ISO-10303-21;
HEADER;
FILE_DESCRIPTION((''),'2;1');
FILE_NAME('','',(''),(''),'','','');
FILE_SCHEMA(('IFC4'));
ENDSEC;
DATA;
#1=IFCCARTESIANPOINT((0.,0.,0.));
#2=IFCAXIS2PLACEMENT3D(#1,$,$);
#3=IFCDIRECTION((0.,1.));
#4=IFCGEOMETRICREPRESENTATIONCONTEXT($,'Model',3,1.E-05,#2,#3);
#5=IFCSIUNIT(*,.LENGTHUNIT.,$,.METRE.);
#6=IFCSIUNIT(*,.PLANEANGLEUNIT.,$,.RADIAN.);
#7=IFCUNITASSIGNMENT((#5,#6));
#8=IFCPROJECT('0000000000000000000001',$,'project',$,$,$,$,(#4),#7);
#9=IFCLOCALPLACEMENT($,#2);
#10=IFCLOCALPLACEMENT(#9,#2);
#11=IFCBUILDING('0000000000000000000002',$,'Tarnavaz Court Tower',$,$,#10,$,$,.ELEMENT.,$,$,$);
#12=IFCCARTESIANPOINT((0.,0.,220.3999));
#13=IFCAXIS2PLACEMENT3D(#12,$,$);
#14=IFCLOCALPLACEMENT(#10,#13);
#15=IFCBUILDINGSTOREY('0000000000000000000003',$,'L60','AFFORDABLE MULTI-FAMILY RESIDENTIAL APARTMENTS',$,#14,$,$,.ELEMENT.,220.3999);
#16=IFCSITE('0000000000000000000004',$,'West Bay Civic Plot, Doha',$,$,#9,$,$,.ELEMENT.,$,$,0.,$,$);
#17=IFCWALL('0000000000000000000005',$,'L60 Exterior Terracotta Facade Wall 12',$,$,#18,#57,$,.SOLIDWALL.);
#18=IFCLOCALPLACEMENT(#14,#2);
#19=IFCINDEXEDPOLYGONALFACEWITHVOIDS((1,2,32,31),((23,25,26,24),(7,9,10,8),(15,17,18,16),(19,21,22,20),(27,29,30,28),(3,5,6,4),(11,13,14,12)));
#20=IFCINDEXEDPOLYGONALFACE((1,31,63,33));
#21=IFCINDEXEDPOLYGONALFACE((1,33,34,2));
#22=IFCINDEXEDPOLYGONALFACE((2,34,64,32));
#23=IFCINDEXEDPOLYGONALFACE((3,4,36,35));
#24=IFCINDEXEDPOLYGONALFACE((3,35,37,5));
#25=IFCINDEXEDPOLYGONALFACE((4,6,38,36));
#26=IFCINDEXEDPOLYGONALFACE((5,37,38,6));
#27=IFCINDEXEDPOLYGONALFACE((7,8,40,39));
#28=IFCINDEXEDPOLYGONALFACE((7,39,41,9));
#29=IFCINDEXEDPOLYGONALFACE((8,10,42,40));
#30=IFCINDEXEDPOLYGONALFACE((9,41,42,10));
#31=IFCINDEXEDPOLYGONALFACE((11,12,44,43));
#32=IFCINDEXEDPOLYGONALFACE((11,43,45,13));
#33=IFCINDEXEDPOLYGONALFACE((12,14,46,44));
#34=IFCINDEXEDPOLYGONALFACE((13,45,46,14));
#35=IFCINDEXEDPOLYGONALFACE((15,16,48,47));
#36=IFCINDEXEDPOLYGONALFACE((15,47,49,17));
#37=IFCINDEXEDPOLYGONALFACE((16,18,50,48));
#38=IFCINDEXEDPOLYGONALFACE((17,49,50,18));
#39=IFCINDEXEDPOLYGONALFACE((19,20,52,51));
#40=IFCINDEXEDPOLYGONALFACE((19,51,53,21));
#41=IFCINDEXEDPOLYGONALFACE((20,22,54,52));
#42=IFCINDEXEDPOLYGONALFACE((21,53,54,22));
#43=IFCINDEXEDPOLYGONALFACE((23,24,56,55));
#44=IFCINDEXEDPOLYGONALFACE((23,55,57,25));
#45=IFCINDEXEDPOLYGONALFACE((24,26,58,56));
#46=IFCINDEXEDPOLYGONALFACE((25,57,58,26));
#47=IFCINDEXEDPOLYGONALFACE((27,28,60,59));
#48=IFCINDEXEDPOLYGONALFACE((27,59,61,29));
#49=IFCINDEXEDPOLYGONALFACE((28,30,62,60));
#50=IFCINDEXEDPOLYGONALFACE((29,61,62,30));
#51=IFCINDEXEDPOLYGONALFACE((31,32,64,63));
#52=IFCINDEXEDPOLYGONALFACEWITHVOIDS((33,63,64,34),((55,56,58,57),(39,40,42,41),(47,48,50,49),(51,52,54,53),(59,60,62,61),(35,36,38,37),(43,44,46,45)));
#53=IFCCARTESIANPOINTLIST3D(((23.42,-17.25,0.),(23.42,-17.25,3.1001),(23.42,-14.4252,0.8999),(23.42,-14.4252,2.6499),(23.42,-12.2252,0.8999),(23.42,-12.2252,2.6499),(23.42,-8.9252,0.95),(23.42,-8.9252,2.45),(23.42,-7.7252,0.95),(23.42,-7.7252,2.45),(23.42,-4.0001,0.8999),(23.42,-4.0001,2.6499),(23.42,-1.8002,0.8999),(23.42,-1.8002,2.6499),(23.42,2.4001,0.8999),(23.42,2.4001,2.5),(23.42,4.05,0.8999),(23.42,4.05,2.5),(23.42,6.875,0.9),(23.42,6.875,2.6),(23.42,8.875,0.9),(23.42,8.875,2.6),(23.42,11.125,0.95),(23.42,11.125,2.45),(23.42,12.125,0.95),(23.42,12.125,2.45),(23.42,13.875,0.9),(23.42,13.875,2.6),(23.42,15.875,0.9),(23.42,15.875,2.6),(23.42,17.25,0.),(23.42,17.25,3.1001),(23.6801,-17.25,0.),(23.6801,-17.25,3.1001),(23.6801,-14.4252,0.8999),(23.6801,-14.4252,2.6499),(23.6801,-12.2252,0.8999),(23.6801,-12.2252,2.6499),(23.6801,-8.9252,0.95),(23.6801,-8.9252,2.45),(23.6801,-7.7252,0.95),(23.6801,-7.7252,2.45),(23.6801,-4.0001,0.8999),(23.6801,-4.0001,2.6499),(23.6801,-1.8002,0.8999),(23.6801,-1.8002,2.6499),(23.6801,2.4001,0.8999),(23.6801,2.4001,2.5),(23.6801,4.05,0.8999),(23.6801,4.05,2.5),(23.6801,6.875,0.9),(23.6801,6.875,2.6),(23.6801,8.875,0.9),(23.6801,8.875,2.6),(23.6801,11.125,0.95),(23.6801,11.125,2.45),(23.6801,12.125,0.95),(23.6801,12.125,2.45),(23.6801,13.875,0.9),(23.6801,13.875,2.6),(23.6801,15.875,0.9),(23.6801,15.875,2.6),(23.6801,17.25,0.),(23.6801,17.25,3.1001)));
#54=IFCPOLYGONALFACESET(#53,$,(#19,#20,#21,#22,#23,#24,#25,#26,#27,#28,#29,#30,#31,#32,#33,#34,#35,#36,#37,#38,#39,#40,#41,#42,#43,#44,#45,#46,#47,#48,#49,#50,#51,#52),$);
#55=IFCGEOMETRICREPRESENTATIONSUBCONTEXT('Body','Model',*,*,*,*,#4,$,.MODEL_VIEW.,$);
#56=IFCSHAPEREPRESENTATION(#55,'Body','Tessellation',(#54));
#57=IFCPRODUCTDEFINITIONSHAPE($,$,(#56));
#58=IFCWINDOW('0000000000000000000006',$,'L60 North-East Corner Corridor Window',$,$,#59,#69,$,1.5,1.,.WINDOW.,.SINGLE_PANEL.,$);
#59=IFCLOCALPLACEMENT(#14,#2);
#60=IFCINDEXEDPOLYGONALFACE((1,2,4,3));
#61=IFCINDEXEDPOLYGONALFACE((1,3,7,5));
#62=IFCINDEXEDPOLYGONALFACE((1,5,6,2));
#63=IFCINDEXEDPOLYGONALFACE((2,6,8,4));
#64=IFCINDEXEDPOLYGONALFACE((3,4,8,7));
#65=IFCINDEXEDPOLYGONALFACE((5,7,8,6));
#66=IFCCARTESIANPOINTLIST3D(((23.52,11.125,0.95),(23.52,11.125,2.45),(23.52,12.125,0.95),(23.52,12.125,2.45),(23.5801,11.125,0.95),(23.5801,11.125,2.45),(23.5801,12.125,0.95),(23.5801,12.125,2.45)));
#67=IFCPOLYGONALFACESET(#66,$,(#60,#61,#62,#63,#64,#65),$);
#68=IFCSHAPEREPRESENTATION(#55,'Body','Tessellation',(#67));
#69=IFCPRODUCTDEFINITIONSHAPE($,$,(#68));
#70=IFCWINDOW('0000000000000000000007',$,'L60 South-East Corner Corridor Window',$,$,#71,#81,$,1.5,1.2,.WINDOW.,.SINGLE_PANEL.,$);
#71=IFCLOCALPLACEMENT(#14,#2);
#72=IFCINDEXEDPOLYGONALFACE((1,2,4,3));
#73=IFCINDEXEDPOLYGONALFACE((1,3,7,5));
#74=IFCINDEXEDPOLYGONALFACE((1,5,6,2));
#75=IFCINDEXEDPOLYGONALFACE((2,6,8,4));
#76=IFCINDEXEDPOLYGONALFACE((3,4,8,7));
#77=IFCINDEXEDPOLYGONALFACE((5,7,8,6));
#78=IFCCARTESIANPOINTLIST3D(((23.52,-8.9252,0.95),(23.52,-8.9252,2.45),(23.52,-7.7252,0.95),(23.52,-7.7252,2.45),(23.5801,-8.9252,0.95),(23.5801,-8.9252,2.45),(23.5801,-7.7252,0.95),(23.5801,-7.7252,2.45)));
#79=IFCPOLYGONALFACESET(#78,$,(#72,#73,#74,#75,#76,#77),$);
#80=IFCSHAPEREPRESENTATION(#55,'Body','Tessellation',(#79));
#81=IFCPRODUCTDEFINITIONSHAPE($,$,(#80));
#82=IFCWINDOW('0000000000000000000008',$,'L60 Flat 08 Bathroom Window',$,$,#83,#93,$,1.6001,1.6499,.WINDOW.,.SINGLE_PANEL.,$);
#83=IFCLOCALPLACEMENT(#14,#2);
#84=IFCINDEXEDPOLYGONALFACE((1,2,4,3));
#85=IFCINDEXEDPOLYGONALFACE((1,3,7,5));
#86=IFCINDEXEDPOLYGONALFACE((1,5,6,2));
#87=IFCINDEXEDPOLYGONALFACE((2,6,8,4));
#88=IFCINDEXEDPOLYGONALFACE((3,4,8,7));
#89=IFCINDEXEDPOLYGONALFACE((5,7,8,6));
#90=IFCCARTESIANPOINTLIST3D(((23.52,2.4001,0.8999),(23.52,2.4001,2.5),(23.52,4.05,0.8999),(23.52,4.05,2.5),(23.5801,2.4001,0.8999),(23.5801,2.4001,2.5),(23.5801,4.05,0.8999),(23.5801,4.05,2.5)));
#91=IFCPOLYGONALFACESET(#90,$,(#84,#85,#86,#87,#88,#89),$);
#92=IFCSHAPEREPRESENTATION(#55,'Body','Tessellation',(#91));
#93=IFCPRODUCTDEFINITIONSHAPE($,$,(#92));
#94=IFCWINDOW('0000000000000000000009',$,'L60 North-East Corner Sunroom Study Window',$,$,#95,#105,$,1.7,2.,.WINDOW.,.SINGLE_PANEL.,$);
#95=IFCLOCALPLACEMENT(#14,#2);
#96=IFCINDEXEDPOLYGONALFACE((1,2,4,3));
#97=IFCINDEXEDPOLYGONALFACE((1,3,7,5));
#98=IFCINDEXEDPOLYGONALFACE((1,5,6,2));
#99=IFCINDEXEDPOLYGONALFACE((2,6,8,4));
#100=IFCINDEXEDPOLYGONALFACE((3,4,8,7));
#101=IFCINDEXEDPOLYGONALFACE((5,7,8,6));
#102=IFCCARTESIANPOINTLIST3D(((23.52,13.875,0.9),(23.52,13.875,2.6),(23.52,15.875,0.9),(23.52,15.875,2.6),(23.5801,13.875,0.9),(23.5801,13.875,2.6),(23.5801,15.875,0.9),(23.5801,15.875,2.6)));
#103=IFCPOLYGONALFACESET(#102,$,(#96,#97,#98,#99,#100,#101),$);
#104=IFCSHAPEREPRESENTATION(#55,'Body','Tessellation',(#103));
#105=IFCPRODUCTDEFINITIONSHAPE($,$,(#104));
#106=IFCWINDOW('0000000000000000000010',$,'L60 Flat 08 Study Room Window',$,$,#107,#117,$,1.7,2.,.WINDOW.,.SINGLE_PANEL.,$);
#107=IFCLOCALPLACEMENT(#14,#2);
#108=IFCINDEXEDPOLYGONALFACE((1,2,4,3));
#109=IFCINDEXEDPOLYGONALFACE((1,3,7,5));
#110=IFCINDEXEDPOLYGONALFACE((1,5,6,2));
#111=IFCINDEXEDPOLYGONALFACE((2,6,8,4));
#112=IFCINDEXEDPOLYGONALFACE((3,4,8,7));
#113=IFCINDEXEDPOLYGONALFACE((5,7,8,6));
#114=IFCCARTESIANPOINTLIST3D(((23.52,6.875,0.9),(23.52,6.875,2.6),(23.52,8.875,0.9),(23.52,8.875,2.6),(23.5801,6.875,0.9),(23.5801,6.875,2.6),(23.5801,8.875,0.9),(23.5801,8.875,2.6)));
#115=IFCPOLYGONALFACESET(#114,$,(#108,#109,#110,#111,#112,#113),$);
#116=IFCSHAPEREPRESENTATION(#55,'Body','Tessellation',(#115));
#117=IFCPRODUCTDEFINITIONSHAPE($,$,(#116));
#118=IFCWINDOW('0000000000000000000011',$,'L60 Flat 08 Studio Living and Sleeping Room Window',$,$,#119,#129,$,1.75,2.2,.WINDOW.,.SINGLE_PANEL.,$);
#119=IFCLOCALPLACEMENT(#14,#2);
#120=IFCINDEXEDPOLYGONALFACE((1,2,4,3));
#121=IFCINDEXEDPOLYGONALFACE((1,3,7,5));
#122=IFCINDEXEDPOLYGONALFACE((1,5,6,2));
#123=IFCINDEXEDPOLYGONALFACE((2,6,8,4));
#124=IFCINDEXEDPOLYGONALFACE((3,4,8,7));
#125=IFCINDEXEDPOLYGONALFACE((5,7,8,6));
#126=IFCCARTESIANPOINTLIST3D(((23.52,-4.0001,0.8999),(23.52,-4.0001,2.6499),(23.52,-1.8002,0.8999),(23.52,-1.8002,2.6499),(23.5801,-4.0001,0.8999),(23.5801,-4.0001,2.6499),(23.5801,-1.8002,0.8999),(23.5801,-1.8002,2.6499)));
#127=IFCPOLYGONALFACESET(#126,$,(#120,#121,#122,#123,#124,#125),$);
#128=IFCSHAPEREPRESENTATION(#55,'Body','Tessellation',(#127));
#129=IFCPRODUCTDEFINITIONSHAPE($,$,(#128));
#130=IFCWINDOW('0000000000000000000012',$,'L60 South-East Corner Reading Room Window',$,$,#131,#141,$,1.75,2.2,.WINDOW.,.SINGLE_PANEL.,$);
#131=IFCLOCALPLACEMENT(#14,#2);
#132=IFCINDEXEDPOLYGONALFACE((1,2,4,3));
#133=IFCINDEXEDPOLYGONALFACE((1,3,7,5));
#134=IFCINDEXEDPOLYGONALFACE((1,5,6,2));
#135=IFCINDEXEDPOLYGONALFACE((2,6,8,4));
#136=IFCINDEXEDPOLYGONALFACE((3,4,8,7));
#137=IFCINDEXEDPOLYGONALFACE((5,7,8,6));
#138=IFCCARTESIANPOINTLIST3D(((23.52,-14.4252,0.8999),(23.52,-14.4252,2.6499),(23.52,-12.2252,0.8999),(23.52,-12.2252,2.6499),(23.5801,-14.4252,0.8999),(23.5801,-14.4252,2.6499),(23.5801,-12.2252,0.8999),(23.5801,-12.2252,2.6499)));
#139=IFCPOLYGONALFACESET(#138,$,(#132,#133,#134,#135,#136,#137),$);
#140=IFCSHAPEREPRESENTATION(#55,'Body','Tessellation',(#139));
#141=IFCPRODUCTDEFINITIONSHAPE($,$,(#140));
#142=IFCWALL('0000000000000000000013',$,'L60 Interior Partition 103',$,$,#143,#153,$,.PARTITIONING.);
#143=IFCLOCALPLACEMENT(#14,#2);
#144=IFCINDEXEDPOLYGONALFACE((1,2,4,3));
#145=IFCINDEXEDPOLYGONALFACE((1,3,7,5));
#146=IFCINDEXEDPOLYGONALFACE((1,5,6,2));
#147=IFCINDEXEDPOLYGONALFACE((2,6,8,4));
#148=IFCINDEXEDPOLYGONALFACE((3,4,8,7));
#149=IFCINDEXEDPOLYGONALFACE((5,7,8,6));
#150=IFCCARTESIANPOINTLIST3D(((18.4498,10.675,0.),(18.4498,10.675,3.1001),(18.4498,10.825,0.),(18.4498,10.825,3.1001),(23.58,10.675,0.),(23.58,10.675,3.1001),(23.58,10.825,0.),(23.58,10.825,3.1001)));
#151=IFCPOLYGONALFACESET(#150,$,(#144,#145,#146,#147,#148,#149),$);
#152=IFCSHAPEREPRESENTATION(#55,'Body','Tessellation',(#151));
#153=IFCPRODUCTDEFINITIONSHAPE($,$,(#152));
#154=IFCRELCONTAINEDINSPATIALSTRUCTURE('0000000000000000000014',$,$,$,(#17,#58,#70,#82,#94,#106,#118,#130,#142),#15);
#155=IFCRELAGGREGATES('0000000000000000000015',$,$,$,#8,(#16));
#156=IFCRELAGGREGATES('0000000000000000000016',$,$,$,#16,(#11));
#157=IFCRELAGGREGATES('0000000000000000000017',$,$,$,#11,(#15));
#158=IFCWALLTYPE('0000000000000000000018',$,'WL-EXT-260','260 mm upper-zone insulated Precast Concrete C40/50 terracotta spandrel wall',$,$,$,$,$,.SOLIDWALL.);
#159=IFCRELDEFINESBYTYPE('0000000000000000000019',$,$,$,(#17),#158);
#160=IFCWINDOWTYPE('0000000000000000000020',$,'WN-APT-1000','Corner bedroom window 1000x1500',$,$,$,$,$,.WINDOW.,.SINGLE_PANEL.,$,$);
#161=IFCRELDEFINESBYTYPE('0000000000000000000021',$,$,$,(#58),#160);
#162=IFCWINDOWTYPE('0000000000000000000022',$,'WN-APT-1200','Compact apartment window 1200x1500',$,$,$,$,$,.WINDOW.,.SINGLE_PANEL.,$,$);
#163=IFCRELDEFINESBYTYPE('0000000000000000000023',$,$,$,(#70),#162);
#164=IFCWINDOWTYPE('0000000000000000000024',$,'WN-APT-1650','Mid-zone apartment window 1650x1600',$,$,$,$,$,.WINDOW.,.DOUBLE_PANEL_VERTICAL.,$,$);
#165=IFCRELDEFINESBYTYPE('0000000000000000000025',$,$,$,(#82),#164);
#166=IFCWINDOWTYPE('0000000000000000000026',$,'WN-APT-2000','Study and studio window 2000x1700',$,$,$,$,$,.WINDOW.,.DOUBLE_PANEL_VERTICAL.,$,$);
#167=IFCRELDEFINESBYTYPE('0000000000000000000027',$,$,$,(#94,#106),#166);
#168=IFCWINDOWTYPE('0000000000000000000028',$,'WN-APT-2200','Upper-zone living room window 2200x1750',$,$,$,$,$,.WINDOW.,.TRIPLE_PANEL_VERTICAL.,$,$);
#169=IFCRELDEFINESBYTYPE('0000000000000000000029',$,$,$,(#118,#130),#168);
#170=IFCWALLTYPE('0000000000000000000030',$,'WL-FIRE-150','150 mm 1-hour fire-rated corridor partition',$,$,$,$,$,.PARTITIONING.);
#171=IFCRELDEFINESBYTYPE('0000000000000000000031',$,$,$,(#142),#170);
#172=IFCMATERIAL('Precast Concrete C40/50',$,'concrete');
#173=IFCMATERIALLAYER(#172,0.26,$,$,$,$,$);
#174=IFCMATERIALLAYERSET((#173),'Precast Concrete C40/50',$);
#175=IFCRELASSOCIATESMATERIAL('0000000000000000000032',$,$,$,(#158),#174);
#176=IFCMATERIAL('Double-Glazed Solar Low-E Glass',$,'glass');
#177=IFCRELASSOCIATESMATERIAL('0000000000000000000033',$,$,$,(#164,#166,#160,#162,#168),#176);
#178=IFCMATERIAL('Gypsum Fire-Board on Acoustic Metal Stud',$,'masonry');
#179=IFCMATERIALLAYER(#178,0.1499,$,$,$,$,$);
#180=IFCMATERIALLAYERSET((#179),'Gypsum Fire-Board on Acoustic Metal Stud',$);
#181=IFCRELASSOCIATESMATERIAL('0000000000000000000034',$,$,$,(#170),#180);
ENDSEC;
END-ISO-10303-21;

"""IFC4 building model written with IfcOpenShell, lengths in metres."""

from ifc_helpers import new_model, si_unit, direction, frame, frame_2d, origin, place, context, subcontext, project, spatial, rectangle, extrude, material, layer, layer_set, type_object, element, fill, save


model = new_model("IFC4")

# Units and contexts
model_context = context("Model", 3, precision=1e-05, world=origin(), true_north=direction((0.0, 1.0)))
body_context = subcontext(model_context, "Body", "Model", "MODEL_VIEW")
ifc_project = project(units=[si_unit("LENGTHUNIT", "METRE"), si_unit("PLANEANGLEUNIT", "RADIAN")], contexts=[model_context])

# Site, building, storey
site_placement = place(None, origin())
site = spatial("IfcSite", under=ifc_project, at=site_placement, Name="West Bay Civic Plot, Doha", CompositionType="ELEMENT", RefElevation=0.0)
building_placement = place(site_placement, origin())
building = spatial("IfcBuilding", under=site, at=building_placement, Name="Tarnavaz Court Tower", CompositionType="ELEMENT")
storey_placement = place(building_placement, frame((0.0, 0.0, 220.3999)))
storey = spatial("IfcBuildingStorey", under=building, at=storey_placement, Name="L60", Description="AFFORDABLE MULTI-FAMILY RESIDENTIAL APARTMENTS", CompositionType="ELEMENT", Elevation=220.3999)

# Shared definitions
ifc_material_1 = material(Name="Precast Concrete C40/50", Category="concrete")
ifc_layer_1 = layer(ifc_material_1, 0.26)
ifc_layer_set_1 = layer_set([ifc_layer_1], Name="Precast Concrete C40/50")
wall_type_1 = type_object("IfcWallType", Name="WL-EXT-260", Description="260 mm upper-zone insulated Precast Concrete C40/50 terracotta spandrel wall", PredefinedType="SOLIDWALL", material=ifc_layer_set_1)
ifc_material_2 = material(Name="Double-Glazed Solar Low-E Glass", Category="glass")
window_type_1 = type_object("IfcWindowType", Name="WN-APT-1650", Description="Mid-zone apartment window 1650x1600", PartitioningType="DOUBLE_PANEL_VERTICAL", PredefinedType="WINDOW", material=ifc_material_2)
window_type_2 = type_object("IfcWindowType", Name="WN-APT-2000", Description="Study and studio window 2000x1700", PartitioningType="DOUBLE_PANEL_VERTICAL", PredefinedType="WINDOW", material=ifc_material_2)

# Wall, openings, windows
wall_1_placement = place(storey_placement, frame((23.55, 17.25, 0.0), z_axis=(0.0, 0.0, 1.0), x_axis=(0.0, -1.0, 0.0)))
wall_1 = element("IfcWall", 1, at=wall_1_placement, inside=storey, type_object=wall_type_1, Name="L60 Exterior Terracotta Facade Wall 12", PredefinedType="SOLIDWALL", context=body_context, shape_type="SweptSolid", body=[
    extrude(rectangle(XDim=34.5, YDim=0.26, at=frame_2d((17.25, 0.0))), origin(), (0.0, 0.0, 1.0), 3.1001),
])
opening_1_placement = place(wall_1_placement, frame((1.375, 0.0, 0.8999)))
opening_1 = element("IfcOpeningElement", 2, at=opening_1_placement, cuts=wall_1, PredefinedType="OPENING", context=body_context, shape_type="SweptSolid", body=[
    extrude(rectangle(XDim=2.0, YDim=1.7, at=frame_2d((1.0, 0.8501))), frame((0.0, 0.1399, 0.0), z_axis=(0.0, -1.0, 0.0), x_axis=(1.0, 0.0, 0.0)), (0.0, 0.0, 1.0), 0.28),
])
opening_2_placement = place(wall_1_placement, frame((5.125, 0.0, 0.95)))
opening_2 = element("IfcOpeningElement", 3, at=opening_2_placement, cuts=wall_1, PredefinedType="OPENING", context=body_context, shape_type="SweptSolid", body=[
    extrude(rectangle(XDim=1.0, YDim=1.5, at=frame_2d((0.5, 0.75))), frame((0.0, 0.1399, 0.0), z_axis=(0.0, -1.0, 0.0), x_axis=(1.0, 0.0, 0.0)), (0.0, 0.0, 1.0), 0.28),
])
opening_3_placement = place(wall_1_placement, frame((8.375, 0.0, 0.8999)))
opening_3 = element("IfcOpeningElement", 4, at=opening_3_placement, cuts=wall_1, PredefinedType="OPENING", context=body_context, shape_type="SweptSolid", body=[
    extrude(rectangle(XDim=2.0, YDim=1.7, at=frame_2d((1.0, 0.8501))), frame((0.0, 0.1399, 0.0), z_axis=(0.0, -1.0, 0.0), x_axis=(1.0, 0.0, 0.0)), (0.0, 0.0, 1.0), 0.28),
])
opening_4_placement = place(wall_1_placement, frame((13.2, 0.0, 0.8999)))
opening_4 = element("IfcOpeningElement", 5, at=opening_4_placement, cuts=wall_1, PredefinedType="OPENING", context=body_context, shape_type="SweptSolid", body=[
    extrude(rectangle(XDim=1.6499, YDim=1.6001, at=frame_2d((0.825, 0.8))), frame((0.0, 0.1399, 0.0), z_axis=(0.0, -1.0, 0.0), x_axis=(1.0, 0.0, 0.0)), (0.0, 0.0, 1.0), 0.28),
])
opening_5_placement = place(wall_1_placement, frame((19.05, 0.0, 0.8999)))
opening_5 = element("IfcOpeningElement", 6, at=opening_5_placement, cuts=wall_1, PredefinedType="OPENING", context=body_context, shape_type="SweptSolid", body=[
    extrude(rectangle(XDim=2.2, YDim=1.75, at=frame_2d((1.1001, 0.875))), frame((0.0, 0.1399, 0.0), z_axis=(0.0, -1.0, 0.0), x_axis=(1.0, 0.0, 0.0)), (0.0, 0.0, 1.0), 0.28),
])
opening_6_placement = place(wall_1_placement, frame((24.9751, 0.0, 0.95)))
opening_6 = element("IfcOpeningElement", 7, at=opening_6_placement, cuts=wall_1, PredefinedType="OPENING", context=body_context, shape_type="SweptSolid", body=[
    extrude(rectangle(XDim=1.2, YDim=1.5, at=frame_2d((0.6001, 0.75))), frame((0.0, 0.1399, 0.0), z_axis=(0.0, -1.0, 0.0), x_axis=(1.0, 0.0, 0.0)), (0.0, 0.0, 1.0), 0.28),
])
opening_7_placement = place(wall_1_placement, frame((29.4751, 0.0, 0.8999)))
opening_7 = element("IfcOpeningElement", 8, at=opening_7_placement, cuts=wall_1, PredefinedType="OPENING", context=body_context, shape_type="SweptSolid", body=[
    extrude(rectangle(XDim=2.2, YDim=1.75, at=frame_2d((1.1001, 0.875))), frame((0.0, 0.1399, 0.0), z_axis=(0.0, -1.0, 0.0), x_axis=(1.0, 0.0, 0.0)), (0.0, 0.0, 1.0), 0.28),
])
window_type_3 = type_object("IfcWindowType", Name="WN-APT-1000", Description="Corner bedroom window 1000x1500", PartitioningType="SINGLE_PANEL", PredefinedType="WINDOW", material=ifc_material_2)
window_1_placement = place(opening_2_placement, origin())
window_1 = element("IfcWindow", 9, at=window_1_placement, inside=storey, type_object=window_type_3, Name="L60 North-East Corner Corridor Window", OverallHeight=1.5, OverallWidth=1.0, PartitioningType="SINGLE_PANEL", PredefinedType="WINDOW", context=body_context, shape_type="SweptSolid", body=[
    extrude(rectangle(XDim=1.0, YDim=1.5, at=frame_2d((0.5, 0.75))), frame((0.0, 0.03, 0.0), z_axis=(0.0, -1.0, 0.0), x_axis=(1.0, 0.0, 0.0)), (0.0, 0.0, 1.0), 0.0601),
])
fill(opening_2, window_1)
window_type_4 = type_object("IfcWindowType", Name="WN-APT-1200", Description="Compact apartment window 1200x1500", PartitioningType="SINGLE_PANEL", PredefinedType="WINDOW", material=ifc_material_2)
window_2_placement = place(opening_6_placement, origin())
window_2 = element("IfcWindow", 10, at=window_2_placement, inside=storey, type_object=window_type_4, Name="L60 South-East Corner Corridor Window", OverallHeight=1.5, OverallWidth=1.2, PartitioningType="SINGLE_PANEL", PredefinedType="WINDOW", context=body_context, shape_type="SweptSolid", body=[
    extrude(rectangle(XDim=1.2, YDim=1.5, at=frame_2d((0.6001, 0.75))), frame((0.0, 0.03, 0.0), z_axis=(0.0, -1.0, 0.0), x_axis=(1.0, 0.0, 0.0)), (0.0, 0.0, 1.0), 0.0601),
])
fill(opening_6, window_2)
window_3_placement = place(opening_4_placement, origin())
window_3 = element("IfcWindow", 11, at=window_3_placement, inside=storey, type_object=window_type_1, Name="L60 Flat 08 Bathroom Window", OverallHeight=1.6001, OverallWidth=1.6499, PartitioningType="SINGLE_PANEL", PredefinedType="WINDOW", context=body_context, shape_type="SweptSolid", body=[
    extrude(rectangle(XDim=1.6499, YDim=1.6001, at=frame_2d((0.825, 0.8))), frame((0.0, 0.03, 0.0), z_axis=(0.0, -1.0, 0.0), x_axis=(1.0, 0.0, 0.0)), (0.0, 0.0, 1.0), 0.0601),
])
fill(opening_4, window_3)
window_4_placement = place(opening_1_placement, origin())
window_4 = element("IfcWindow", 12, at=window_4_placement, inside=storey, type_object=window_type_2, Name="L60 North-East Corner Sunroom Study Window", OverallHeight=1.7, OverallWidth=2.0, PartitioningType="SINGLE_PANEL", PredefinedType="WINDOW", context=body_context, shape_type="SweptSolid", body=[
    extrude(rectangle(XDim=2.0, YDim=1.7, at=frame_2d((1.0, 0.8501))), frame((0.0, 0.03, 0.0), z_axis=(0.0, -1.0, 0.0), x_axis=(1.0, 0.0, 0.0)), (0.0, 0.0, 1.0), 0.0601),
])
fill(opening_1, window_4)
window_5_placement = place(opening_3_placement, origin())
window_5 = element("IfcWindow", 13, at=window_5_placement, inside=storey, type_object=window_type_2, Name="L60 Flat 08 Study Room Window", OverallHeight=1.7, OverallWidth=2.0, PartitioningType="SINGLE_PANEL", PredefinedType="WINDOW", context=body_context, shape_type="SweptSolid", body=[
    extrude(rectangle(XDim=2.0, YDim=1.7, at=frame_2d((1.0, 0.8501))), frame((0.0, 0.03, 0.0), z_axis=(0.0, -1.0, 0.0), x_axis=(1.0, 0.0, 0.0)), (0.0, 0.0, 1.0), 0.0601),
])
fill(opening_3, window_5)
window_type_5 = type_object("IfcWindowType", Name="WN-APT-2200", Description="Upper-zone living room window 2200x1750", PartitioningType="TRIPLE_PANEL_VERTICAL", PredefinedType="WINDOW", material=ifc_material_2)
window_6_placement = place(opening_5_placement, origin())
window_6 = element("IfcWindow", 14, at=window_6_placement, inside=storey, type_object=window_type_5, Name="L60 Flat 08 Studio Living and Sleeping Room Window", OverallHeight=1.75, OverallWidth=2.2, PartitioningType="SINGLE_PANEL", PredefinedType="WINDOW", context=body_context, shape_type="SweptSolid", body=[
    extrude(rectangle(XDim=2.2, YDim=1.75, at=frame_2d((1.1001, 0.875))), frame((0.0, 0.03, 0.0), z_axis=(0.0, -1.0, 0.0), x_axis=(1.0, 0.0, 0.0)), (0.0, 0.0, 1.0), 0.0601),
])
fill(opening_5, window_6)
window_7_placement = place(opening_7_placement, origin())
window_7 = element("IfcWindow", 15, at=window_7_placement, inside=storey, type_object=window_type_5, Name="L60 South-East Corner Reading Room Window", OverallHeight=1.75, OverallWidth=2.2, PartitioningType="SINGLE_PANEL", PredefinedType="WINDOW", context=body_context, shape_type="SweptSolid", body=[
    extrude(rectangle(XDim=2.2, YDim=1.75, at=frame_2d((1.1001, 0.875))), frame((0.0, 0.03, 0.0), z_axis=(0.0, -1.0, 0.0), x_axis=(1.0, 0.0, 0.0)), (0.0, 0.0, 1.0), 0.0601),
])
fill(opening_7, window_7)

# Wall
ifc_material_3 = material(Name="Gypsum Fire-Board on Acoustic Metal Stud", Category="masonry")
ifc_layer_2 = layer(ifc_material_3, 0.1499)
ifc_layer_set_2 = layer_set([ifc_layer_2], Name="Gypsum Fire-Board on Acoustic Metal Stud")
wall_type_2 = type_object("IfcWallType", Name="WL-FIRE-150", Description="150 mm 1-hour fire-rated corridor partition", PredefinedType="PARTITIONING", material=ifc_layer_set_2)
wall_2_placement = place(storey_placement, frame((18.45, 10.75, 0.0), z_axis=(0.0, 0.0, 1.0), x_axis=(1.0, 0.0, 0.0)))
element("IfcWall", 16, at=wall_2_placement, inside=storey, type_object=wall_type_2, Name="L60 Interior Partition 103", PredefinedType="PARTITIONING", context=body_context, shape_type="SweptSolid", body=[
    extrude(rectangle(XDim=5.1301, YDim=0.1499, at=frame_2d((2.5649, 0.0))), origin(), (0.0, 0.0, 1.0), 3.1001),
])

save(model, "model.ifc")
